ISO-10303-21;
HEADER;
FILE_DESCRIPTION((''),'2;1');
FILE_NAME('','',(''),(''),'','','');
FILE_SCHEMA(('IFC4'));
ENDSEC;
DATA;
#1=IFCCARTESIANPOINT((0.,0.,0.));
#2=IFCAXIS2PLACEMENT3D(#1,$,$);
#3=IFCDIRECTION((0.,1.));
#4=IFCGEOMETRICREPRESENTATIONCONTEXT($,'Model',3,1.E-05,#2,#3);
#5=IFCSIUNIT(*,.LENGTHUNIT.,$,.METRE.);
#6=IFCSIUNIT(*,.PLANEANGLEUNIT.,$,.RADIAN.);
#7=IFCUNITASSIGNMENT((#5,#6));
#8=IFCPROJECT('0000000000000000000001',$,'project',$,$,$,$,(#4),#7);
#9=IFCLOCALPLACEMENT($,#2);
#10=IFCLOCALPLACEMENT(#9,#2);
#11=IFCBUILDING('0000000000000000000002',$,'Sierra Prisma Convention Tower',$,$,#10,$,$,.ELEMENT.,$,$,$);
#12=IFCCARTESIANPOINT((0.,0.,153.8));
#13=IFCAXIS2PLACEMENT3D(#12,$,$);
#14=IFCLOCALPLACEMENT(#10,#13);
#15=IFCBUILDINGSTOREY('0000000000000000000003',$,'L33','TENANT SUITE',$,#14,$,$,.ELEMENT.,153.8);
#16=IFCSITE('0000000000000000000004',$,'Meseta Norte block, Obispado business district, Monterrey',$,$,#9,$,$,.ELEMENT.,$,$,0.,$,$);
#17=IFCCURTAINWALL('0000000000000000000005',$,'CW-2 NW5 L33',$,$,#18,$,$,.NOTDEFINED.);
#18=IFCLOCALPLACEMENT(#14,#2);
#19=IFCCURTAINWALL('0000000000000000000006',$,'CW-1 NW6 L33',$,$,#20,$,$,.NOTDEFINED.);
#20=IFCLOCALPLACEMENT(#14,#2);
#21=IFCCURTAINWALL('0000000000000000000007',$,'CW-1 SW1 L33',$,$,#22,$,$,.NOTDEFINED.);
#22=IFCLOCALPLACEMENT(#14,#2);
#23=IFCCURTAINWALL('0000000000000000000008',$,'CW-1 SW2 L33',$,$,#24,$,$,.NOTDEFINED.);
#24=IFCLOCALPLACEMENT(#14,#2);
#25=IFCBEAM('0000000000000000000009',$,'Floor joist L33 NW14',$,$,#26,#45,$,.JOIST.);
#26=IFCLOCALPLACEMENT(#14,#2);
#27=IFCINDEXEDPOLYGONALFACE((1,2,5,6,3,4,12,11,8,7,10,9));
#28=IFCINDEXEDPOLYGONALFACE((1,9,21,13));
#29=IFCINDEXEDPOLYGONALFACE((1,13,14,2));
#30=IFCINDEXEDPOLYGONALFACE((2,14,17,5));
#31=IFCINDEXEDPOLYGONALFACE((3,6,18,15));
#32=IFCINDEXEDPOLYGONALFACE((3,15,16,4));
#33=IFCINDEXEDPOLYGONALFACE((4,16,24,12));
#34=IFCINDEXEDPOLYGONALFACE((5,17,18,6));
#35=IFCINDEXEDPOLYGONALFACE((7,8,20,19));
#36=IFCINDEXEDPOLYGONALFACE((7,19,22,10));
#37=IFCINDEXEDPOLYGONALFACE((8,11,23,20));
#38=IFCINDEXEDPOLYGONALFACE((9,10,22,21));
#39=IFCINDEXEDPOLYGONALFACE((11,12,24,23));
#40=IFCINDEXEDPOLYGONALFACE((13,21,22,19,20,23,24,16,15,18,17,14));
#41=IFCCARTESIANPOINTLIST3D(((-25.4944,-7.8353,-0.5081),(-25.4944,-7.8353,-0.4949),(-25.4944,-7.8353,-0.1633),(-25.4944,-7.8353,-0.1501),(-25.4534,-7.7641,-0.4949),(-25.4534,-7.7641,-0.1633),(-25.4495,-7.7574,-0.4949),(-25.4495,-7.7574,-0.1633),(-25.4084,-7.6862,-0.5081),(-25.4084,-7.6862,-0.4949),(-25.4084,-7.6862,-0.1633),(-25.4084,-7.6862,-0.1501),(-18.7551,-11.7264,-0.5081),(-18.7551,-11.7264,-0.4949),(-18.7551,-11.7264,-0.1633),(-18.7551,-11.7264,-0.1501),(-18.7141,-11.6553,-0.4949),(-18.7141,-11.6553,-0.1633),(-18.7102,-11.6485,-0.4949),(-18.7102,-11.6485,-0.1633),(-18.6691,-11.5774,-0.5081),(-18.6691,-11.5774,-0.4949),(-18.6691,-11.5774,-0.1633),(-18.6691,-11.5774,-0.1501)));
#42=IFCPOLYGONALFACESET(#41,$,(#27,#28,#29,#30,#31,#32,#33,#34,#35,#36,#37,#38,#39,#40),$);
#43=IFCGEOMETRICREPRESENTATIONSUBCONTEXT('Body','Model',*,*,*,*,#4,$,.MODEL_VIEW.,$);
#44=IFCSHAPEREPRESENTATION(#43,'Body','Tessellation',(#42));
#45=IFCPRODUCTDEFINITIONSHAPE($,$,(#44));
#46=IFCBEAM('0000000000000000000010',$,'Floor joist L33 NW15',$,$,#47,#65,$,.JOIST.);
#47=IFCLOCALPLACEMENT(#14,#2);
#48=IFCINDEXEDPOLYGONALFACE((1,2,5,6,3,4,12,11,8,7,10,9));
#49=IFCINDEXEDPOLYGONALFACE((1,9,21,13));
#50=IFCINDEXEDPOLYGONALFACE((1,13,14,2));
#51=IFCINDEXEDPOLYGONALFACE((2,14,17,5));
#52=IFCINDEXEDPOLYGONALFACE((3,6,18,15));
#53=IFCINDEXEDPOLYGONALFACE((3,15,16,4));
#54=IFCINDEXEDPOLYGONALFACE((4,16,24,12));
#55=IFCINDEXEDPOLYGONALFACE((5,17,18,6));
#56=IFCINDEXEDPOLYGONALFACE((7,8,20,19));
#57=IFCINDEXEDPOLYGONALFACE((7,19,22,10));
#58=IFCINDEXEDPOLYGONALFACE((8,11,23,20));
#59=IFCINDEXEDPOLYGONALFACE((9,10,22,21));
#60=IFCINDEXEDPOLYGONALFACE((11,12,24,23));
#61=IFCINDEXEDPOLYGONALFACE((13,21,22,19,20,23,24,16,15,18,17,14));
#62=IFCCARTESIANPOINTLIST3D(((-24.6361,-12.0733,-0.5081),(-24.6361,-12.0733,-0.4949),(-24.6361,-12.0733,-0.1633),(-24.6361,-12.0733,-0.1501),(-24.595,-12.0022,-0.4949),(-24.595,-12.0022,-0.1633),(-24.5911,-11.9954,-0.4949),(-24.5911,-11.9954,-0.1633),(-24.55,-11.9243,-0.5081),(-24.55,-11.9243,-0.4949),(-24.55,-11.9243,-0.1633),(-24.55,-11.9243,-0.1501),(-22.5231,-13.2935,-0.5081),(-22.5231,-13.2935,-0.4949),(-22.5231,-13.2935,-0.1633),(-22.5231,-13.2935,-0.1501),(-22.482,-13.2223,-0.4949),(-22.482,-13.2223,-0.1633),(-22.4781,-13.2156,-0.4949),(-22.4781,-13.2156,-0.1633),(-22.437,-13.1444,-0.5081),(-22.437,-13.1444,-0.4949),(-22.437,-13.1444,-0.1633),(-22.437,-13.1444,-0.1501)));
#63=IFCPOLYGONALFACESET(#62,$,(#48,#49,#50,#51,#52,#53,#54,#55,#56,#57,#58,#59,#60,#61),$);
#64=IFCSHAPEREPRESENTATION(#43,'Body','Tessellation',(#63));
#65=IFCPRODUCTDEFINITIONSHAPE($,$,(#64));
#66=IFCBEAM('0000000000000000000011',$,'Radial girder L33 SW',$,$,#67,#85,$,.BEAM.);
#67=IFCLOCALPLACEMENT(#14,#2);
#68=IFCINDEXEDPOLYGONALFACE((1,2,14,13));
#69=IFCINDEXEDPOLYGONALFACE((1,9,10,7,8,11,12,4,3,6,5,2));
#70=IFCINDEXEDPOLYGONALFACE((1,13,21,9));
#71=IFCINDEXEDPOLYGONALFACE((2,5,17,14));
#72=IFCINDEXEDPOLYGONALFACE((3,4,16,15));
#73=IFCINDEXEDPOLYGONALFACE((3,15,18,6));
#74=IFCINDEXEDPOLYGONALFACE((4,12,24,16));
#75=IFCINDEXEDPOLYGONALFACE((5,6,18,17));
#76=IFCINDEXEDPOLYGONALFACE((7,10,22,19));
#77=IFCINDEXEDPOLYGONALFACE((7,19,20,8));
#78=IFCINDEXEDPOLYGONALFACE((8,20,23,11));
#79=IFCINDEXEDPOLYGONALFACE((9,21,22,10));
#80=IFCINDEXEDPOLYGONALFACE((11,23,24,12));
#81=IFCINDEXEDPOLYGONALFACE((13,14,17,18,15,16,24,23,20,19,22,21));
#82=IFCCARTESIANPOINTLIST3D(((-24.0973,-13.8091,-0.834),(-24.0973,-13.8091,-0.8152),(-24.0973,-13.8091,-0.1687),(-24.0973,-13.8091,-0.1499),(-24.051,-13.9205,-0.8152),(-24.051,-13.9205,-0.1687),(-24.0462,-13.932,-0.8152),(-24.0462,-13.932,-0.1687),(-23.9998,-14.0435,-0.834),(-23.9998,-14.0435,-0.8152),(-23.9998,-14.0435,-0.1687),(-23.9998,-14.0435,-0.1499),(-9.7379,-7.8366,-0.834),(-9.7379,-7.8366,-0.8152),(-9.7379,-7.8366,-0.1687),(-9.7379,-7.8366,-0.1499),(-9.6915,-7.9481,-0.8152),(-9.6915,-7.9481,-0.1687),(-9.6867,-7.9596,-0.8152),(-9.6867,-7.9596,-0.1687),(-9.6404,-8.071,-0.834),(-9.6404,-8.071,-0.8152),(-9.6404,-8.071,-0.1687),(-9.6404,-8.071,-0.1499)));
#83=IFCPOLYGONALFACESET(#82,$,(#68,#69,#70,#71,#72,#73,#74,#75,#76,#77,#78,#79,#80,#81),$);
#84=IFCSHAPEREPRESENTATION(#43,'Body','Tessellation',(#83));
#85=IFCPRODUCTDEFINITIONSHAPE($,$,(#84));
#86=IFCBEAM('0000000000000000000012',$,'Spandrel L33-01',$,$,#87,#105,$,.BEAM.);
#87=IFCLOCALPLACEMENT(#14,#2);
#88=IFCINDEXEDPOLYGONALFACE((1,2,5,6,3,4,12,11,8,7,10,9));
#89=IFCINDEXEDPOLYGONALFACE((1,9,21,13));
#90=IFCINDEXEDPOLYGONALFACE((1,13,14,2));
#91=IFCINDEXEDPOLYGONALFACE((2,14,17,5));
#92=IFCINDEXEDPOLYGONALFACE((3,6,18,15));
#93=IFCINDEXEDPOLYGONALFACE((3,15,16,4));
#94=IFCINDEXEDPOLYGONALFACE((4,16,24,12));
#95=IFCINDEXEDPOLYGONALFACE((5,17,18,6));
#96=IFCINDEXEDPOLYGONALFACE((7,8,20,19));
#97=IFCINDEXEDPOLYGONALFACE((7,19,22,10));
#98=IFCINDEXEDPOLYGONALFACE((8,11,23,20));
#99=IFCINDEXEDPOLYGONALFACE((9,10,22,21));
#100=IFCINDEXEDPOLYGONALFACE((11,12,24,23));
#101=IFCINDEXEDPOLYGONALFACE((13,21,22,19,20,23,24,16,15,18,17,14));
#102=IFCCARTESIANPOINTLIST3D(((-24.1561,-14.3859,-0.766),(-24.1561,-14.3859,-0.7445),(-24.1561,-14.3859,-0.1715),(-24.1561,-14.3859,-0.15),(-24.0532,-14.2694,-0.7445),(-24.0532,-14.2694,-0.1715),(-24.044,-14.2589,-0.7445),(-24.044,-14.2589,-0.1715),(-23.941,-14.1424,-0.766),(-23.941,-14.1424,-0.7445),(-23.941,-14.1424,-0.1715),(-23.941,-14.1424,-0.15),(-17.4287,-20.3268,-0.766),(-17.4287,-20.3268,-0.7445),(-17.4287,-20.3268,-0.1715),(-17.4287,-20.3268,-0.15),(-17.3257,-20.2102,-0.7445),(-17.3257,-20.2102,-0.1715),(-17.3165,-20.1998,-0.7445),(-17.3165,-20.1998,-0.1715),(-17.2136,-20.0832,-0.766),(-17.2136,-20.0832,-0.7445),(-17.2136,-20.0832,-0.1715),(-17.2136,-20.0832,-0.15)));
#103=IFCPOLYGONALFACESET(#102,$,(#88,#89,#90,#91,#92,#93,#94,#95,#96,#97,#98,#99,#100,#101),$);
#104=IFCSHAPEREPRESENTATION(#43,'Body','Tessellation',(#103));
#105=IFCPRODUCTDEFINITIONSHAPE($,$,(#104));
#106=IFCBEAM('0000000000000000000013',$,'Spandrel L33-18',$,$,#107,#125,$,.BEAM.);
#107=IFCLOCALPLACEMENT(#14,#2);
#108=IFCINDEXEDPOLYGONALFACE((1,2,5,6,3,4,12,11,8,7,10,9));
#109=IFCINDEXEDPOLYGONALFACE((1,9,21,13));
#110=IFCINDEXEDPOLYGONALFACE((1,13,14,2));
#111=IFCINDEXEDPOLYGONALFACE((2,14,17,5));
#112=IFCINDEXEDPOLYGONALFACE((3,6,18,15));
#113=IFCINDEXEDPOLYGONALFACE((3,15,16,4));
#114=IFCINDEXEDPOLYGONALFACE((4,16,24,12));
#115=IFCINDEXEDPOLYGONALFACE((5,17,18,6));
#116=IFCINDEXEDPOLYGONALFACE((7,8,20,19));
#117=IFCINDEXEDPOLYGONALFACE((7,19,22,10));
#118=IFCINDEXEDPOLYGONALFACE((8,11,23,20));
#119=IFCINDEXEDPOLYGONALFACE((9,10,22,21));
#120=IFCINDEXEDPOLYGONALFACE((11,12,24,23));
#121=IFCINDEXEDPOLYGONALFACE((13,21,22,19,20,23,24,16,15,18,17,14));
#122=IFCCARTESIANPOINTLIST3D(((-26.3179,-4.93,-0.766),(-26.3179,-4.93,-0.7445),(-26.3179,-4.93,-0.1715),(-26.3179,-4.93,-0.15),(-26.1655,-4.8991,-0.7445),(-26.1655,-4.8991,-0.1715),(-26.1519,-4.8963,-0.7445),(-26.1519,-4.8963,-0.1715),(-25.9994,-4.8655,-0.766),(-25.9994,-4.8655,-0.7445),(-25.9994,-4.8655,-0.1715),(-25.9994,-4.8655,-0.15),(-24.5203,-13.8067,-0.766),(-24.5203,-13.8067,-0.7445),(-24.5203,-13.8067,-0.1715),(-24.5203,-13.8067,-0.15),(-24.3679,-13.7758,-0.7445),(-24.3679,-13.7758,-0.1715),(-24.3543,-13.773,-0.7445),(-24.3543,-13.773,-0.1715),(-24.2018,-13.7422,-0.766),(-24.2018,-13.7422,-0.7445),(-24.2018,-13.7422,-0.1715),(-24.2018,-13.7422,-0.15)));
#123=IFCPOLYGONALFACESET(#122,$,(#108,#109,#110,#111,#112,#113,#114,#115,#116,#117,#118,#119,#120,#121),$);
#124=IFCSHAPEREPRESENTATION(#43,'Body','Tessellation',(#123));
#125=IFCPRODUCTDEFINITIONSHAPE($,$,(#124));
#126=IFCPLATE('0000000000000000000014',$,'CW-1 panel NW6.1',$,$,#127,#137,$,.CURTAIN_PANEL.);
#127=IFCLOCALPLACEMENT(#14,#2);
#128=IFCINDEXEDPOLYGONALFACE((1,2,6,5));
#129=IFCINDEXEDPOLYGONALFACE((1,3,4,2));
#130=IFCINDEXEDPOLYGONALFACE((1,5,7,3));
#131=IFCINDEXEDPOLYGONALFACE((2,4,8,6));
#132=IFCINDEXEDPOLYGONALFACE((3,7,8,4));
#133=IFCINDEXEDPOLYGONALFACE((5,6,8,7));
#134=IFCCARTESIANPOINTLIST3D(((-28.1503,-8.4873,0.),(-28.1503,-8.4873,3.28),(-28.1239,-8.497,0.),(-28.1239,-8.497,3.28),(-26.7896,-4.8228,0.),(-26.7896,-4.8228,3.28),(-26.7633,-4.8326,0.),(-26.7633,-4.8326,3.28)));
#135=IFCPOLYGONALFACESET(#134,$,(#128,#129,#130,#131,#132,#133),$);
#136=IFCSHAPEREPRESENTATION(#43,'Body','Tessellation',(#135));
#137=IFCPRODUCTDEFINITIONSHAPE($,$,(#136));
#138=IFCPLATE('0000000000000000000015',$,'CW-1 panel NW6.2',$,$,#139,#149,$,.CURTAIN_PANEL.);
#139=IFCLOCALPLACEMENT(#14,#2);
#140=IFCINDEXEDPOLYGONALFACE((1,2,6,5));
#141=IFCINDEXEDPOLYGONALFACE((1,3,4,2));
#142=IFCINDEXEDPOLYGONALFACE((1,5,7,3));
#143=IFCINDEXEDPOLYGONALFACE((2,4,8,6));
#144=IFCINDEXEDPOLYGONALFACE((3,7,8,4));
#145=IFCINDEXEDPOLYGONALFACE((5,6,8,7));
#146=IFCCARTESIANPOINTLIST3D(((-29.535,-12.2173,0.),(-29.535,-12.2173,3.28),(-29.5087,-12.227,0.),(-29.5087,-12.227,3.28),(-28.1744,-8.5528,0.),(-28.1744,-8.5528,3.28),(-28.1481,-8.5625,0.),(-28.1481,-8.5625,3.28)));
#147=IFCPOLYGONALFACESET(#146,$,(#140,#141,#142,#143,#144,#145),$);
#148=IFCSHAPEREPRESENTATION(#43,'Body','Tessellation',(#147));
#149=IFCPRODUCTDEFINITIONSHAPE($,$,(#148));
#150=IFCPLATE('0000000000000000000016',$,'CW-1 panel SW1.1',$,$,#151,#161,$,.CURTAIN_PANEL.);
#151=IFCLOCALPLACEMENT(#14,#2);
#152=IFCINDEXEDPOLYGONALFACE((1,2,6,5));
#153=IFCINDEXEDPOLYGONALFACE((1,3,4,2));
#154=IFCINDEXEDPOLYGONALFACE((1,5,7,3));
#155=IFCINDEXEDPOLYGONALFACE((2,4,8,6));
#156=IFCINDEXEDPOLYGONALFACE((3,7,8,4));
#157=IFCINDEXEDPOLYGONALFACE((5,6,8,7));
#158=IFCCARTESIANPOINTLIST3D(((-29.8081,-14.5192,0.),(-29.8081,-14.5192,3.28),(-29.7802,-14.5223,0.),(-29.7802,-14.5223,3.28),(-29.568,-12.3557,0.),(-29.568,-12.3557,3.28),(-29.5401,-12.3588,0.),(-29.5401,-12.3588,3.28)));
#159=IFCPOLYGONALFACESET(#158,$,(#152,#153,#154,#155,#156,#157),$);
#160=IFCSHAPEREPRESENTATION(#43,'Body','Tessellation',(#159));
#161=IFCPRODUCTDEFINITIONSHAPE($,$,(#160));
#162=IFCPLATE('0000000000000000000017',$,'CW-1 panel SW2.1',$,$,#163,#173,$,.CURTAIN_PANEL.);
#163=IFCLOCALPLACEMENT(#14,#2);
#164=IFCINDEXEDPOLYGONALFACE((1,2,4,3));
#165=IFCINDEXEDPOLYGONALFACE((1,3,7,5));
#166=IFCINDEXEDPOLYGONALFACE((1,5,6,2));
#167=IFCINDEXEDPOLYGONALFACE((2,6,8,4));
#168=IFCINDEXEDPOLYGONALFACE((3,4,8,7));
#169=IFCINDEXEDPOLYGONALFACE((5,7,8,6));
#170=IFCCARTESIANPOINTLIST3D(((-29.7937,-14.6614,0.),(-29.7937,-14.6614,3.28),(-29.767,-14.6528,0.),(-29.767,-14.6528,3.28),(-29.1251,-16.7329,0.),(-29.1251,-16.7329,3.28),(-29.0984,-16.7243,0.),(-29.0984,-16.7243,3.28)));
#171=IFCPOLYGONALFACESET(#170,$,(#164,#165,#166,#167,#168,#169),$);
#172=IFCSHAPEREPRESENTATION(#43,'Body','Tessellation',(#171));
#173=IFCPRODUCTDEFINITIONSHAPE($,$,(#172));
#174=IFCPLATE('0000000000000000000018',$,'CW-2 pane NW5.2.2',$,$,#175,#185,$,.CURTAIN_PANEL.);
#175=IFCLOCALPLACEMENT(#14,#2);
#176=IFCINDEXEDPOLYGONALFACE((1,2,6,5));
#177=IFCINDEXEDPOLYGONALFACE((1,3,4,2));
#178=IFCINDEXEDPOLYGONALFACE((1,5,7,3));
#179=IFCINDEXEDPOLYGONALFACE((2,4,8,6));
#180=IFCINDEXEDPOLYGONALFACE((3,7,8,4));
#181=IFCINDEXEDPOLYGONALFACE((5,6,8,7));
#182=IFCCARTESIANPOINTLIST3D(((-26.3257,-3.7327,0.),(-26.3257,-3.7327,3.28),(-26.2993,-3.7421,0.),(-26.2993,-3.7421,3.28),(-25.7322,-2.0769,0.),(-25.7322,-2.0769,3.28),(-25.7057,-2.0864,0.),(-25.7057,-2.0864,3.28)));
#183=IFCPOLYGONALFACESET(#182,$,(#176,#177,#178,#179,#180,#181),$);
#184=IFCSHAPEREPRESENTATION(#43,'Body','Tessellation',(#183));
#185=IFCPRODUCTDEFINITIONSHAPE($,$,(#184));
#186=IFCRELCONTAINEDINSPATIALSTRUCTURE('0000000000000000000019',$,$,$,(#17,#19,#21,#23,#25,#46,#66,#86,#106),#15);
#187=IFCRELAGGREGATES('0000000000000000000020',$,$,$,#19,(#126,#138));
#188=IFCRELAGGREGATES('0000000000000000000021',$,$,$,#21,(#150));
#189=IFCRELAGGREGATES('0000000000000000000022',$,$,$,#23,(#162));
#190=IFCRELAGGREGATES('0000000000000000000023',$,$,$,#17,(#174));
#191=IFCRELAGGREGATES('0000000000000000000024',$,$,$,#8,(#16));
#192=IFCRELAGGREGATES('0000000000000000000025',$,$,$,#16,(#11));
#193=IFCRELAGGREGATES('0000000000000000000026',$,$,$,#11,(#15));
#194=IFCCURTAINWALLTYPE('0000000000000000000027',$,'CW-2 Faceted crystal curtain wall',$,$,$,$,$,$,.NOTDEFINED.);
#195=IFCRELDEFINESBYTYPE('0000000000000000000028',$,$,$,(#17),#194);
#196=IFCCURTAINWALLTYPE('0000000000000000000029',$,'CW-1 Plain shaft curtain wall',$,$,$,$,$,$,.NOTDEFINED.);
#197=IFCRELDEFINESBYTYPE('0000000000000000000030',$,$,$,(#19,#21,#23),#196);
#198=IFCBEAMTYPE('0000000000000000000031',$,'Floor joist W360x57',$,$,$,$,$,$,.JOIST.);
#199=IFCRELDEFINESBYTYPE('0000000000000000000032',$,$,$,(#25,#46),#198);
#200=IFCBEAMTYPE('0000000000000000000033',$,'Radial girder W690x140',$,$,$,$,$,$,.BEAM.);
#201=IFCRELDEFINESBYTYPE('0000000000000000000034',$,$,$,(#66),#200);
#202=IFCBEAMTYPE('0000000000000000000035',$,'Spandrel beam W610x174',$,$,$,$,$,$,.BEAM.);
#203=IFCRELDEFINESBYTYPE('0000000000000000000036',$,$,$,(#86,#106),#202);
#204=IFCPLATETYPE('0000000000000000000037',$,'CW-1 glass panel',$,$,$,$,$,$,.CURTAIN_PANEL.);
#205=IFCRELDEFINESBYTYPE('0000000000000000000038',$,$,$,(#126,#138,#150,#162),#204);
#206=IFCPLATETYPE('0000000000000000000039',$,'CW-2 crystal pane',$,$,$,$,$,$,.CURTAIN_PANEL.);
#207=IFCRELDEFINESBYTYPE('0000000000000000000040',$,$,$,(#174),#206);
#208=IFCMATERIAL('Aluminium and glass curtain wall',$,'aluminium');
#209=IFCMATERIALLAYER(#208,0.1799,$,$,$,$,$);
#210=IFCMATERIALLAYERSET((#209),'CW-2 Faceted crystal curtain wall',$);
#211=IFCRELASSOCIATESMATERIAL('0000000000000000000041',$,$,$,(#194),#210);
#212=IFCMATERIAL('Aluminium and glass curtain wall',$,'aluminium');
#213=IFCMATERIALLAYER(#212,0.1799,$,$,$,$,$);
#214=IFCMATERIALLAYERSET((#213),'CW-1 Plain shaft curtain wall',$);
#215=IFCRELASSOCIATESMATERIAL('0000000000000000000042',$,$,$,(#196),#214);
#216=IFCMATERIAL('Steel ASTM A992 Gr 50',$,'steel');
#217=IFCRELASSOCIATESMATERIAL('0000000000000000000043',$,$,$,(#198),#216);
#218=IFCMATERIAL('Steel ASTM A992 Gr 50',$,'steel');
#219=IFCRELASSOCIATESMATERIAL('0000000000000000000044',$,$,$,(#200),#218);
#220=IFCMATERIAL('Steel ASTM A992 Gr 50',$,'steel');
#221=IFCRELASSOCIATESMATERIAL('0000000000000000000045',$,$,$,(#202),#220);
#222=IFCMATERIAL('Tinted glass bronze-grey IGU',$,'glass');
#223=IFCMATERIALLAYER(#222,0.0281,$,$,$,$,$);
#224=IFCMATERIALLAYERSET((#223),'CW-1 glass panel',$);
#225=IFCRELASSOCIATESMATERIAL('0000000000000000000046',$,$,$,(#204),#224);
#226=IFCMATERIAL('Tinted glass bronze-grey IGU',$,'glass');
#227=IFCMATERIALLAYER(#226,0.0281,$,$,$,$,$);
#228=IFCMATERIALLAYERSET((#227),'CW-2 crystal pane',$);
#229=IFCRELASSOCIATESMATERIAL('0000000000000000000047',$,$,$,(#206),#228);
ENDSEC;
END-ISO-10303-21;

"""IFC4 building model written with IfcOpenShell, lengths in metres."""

from ifc_helpers import new_model, si_unit, direction, frame, origin, origin_2d, place, context, subcontext, project, spatial, polyline, rectangle, i_section, outline, extrude, material, layer, layer_set, material_profile, profile_set, type_object, element, aggregate, save


model = new_model("IFC4")

# Units and contexts
model_context = context("Model", 3, precision=1e-05, world=origin(), true_north=direction((0.0, 1.0)))
body_context = subcontext(model_context, "Body", "Model", "MODEL_VIEW")
ifc_project = project(units=[si_unit("LENGTHUNIT", "METRE"), si_unit("PLANEANGLEUNIT", "RADIAN")], contexts=[model_context])

# Site, building, storey
site_placement = place(None, origin())
site = spatial("IfcSite", under=ifc_project, at=site_placement, Name="Meseta Norte block, Obispado business district, Monterrey", CompositionType="ELEMENT", RefElevation=0.0)
building_placement = place(site_placement, origin())
building = spatial("IfcBuilding", under=site, at=building_placement, Name="Sierra Prisma Convention Tower", CompositionType="ELEMENT")
storey_placement = place(building_placement, frame((0.0, 0.0, 153.8)))
storey = spatial("IfcBuildingStorey", under=building, at=storey_placement, Name="L33", Description="TENANT SUITE", CompositionType="ELEMENT", Elevation=153.8)

# Curtain walls
ifc_material_1 = material(Name="Aluminium and glass curtain wall", Category="aluminium")
ifc_layer_1 = layer(ifc_material_1, 0.1799)
ifc_layer_set_1 = layer_set([ifc_layer_1], Name="CW-2 Faceted crystal curtain wall")
curtain_wall_type_1 = type_object("IfcCurtainWallType", Name="CW-2 Faceted crystal curtain wall", PredefinedType="NOTDEFINED", material=ifc_layer_set_1)
curtain_wall_1_placement = place(storey_placement, origin())
curtain_wall_1 = element("IfcCurtainWall", 1, at=curtain_wall_1_placement, inside=storey, type_object=curtain_wall_type_1, Name="CW-2 NW5 L33", PredefinedType="NOTDEFINED")
ifc_material_2 = material(Name="Aluminium and glass curtain wall", Category="aluminium")
ifc_layer_2 = layer(ifc_material_2, 0.1799)
ifc_layer_set_2 = layer_set([ifc_layer_2], Name="CW-1 Plain shaft curtain wall")
curtain_wall_type_2 = type_object("IfcCurtainWallType", Name="CW-1 Plain shaft curtain wall", PredefinedType="NOTDEFINED", material=ifc_layer_set_2)
curtain_wall_2_placement = place(storey_placement, origin())
curtain_wall_2 = element("IfcCurtainWall", 2, at=curtain_wall_2_placement, inside=storey, type_object=curtain_wall_type_2, Name="CW-1 NW6 L33", PredefinedType="NOTDEFINED")
curtain_wall_3_placement = place(storey_placement, origin())
curtain_wall_3 = element("IfcCurtainWall", 3, at=curtain_wall_3_placement, inside=storey, type_object=curtain_wall_type_2, Name="CW-1 SW1 L33", PredefinedType="NOTDEFINED")
curtain_wall_4_placement = place(storey_placement, origin())
curtain_wall_4 = element("IfcCurtainWall", 4, at=curtain_wall_4_placement, inside=storey, type_object=curtain_wall_type_2, Name="CW-1 SW2 L33", PredefinedType="NOTDEFINED")

# Beams
ifc_material_3 = material(Name="Steel ASTM A992 Gr 50", Category="steel")
ifc_material_profile_1 = material_profile(ifc_material_3, i_section(OverallWidth=0.1721, OverallDepth=0.3579, WebThickness=0.0078, FlangeThickness=0.0132, at=origin_2d()), Name="W360x57")
ifc_profile_set_1 = profile_set([ifc_material_profile_1], Name="Steel ASTM A992 Gr 50")
beam_type_1 = type_object("IfcBeamType", Name="Floor joist W360x57", PredefinedType="JOIST", material=ifc_profile_set_1)
beam_1_placement = place(storey_placement, frame((-25.4514, -7.7607, -0.3291), z_axis=(0.866014, -0.500019, 0.0), x_axis=(0.500019, 0.866014, 0.0)))
element("IfcBeam", 5, at=beam_1_placement, inside=storey, type_object=beam_type_1, Name="Floor joist L33 NW14", PredefinedType="JOIST", context=body_context, shape_type="SweptSolid", body=[
    extrude(i_section(OverallWidth=0.1721, OverallDepth=0.3579, WebThickness=0.0078, FlangeThickness=0.0132, at=origin_2d()), origin(), (0.0, 0.0, 1.0), 7.782),
])
beam_2_placement = place(storey_placement, frame((-24.593, -11.9988, -0.3291), z_axis=(0.865981, -0.500078, 0.0), x_axis=(0.500078, 0.865981, 0.0)))
element("IfcBeam", 6, at=beam_2_placement, inside=storey, type_object=beam_type_1, Name="Floor joist L33 NW15", PredefinedType="JOIST", context=body_context, shape_type="SweptSolid", body=[
    extrude(i_section(OverallWidth=0.1721, OverallDepth=0.3579, WebThickness=0.0078, FlangeThickness=0.0132, at=origin_2d()), origin(), (0.0, 0.0, 1.0), 2.4399),
])
ifc_material_4 = material(Name="Steel ASTM A992 Gr 50", Category="steel")
ifc_material_profile_2 = material_profile(ifc_material_4, i_section(OverallWidth=0.2539, OverallDepth=0.6841, WebThickness=0.0125, FlangeThickness=0.0188, at=origin_2d()), Name="W690x140")
ifc_profile_set_2 = profile_set([ifc_material_profile_2], Name="Steel ASTM A992 Gr 50")
beam_type_2 = type_object("IfcBeamType", Name="Radial girder W690x140", PredefinedType="BEAM", material=ifc_profile_set_2)
beam_3_placement = place(storey_placement, frame((-24.0486, -13.9263, -0.4919), z_axis=(0.92332, 0.384031, 0.0), x_axis=(-0.384031, 0.92332, 0.0)))
element("IfcBeam", 7, at=beam_3_placement, inside=storey, type_object=beam_type_2, Name="Radial girder L33 SW", PredefinedType="BEAM", context=body_context, shape_type="SweptSolid", body=[
    extrude(i_section(OverallWidth=0.2539, OverallDepth=0.6841, WebThickness=0.0125, FlangeThickness=0.0188, at=origin_2d()), origin(), (0.0, 0.0, 1.0), 15.552),
])
ifc_material_5 = material(Name="Steel ASTM A992 Gr 50", Category="steel")
ifc_material_profile_3 = material_profile(ifc_material_5, i_section(OverallWidth=0.325, OverallDepth=0.616, WebThickness=0.0139, FlangeThickness=0.0215, at=origin_2d()), Name="W610x174")
ifc_profile_set_3 = profile_set([ifc_material_profile_3], Name="Steel ASTM A992 Gr 50")
beam_type_3 = type_object("IfcBeamType", Name="Spandrel beam W610x174", PredefinedType="BEAM", material=ifc_profile_set_3)
beam_4_placement = place(storey_placement, frame((-24.0486, -14.2642, -0.458), z_axis=(0.749569, -0.661926, 0.0), x_axis=(0.661926, 0.749569, 0.0)))
element("IfcBeam", 8, at=beam_4_placement, inside=storey, type_object=beam_type_3, Name="Spandrel L33-01", PredefinedType="BEAM", context=body_context, shape_type="SweptSolid", body=[
    extrude(i_section(OverallWidth=0.325, OverallDepth=0.616, WebThickness=0.0139, FlangeThickness=0.0215, at=origin_2d()), origin(), (0.0, 0.0, 1.0), 8.9751),
])
beam_5_placement = place(storey_placement, frame((-26.1587, -4.8977, -0.458), z_axis=(0.198479, -0.980105, 0.0), x_axis=(0.980105, 0.198479, 0.0)))
element("IfcBeam", 9, at=beam_5_placement, inside=storey, type_object=beam_type_3, Name="Spandrel L33-18", PredefinedType="BEAM", context=body_context, shape_type="SweptSolid", body=[
    extrude(i_section(OverallWidth=0.325, OverallDepth=0.616, WebThickness=0.0139, FlangeThickness=0.0215, at=origin_2d()), origin(), (0.0, 0.0, 1.0), 9.0569),
])

# Plates
ifc_material_6 = material(Name="Tinted glass bronze-grey IGU", Category="glass")
ifc_layer_3 = layer(ifc_material_6, 0.0281)
ifc_layer_set_3 = layer_set([ifc_layer_3], Name="CW-1 glass panel")
plate_type_1 = type_object("IfcPlateType", Name="CW-1 glass panel", PredefinedType="CURTAIN_PANEL", material=ifc_layer_set_3)
plate_1_placement = place(storey_placement, frame((-27.4568, -6.6599, 0.0), z_axis=(0.0, 0.0, 1.0), x_axis=(-0.348078, -0.937466, 0.0)))
plate_1 = element("IfcPlate", 10, at=plate_1_placement, type_object=plate_type_1, Name="CW-1 panel NW6.1", PredefinedType="CURTAIN_PANEL", context=body_context, shape_type="SweptSolid", body=[
    extrude(rectangle(XDim=3.9089, YDim=0.0281, at=origin_2d()), origin(), (0.0, 0.0, 1.0), 3.28),
])
plate_2_placement = place(storey_placement, frame((-28.8416, -10.3899, 0.0), z_axis=(0.0, 0.0, 1.0), x_axis=(-0.348078, -0.937466, 0.0)))
plate_2 = element("IfcPlate", 11, at=plate_2_placement, type_object=plate_type_1, Name="CW-1 panel NW6.2", PredefinedType="CURTAIN_PANEL", context=body_context, shape_type="SweptSolid", body=[
    extrude(rectangle(XDim=3.9089, YDim=0.0281, at=origin_2d()), origin(), (0.0, 0.0, 1.0), 3.28),
])
aggregate(curtain_wall_2, [plate_1, plate_2])
plate_3_placement = place(storey_placement, frame((-29.6741, -13.439, 0.0), z_axis=(0.0, 0.0, 1.0), x_axis=(-0.110304, -0.993898, 0.0)))
plate_3 = element("IfcPlate", 12, at=plate_3_placement, type_object=plate_type_1, Name="CW-1 panel SW1.1", PredefinedType="CURTAIN_PANEL", context=body_context, shape_type="SweptSolid", body=[
    extrude(rectangle(XDim=2.1768, YDim=0.0281, at=origin_2d()), origin(), (0.0, 0.0, 1.0), 3.28),
])
aggregate(curtain_wall_3, [plate_3])
plate_4_placement = place(storey_placement, frame((-29.446, -15.6929, 0.0), z_axis=(0.0, 0.0, 1.0), x_axis=(0.307175, -0.951653, 0.0)))
plate_4 = element("IfcPlate", 13, at=plate_4_placement, type_object=plate_type_1, Name="CW-1 panel SW2.1", PredefinedType="CURTAIN_PANEL", context=body_context, shape_type="SweptSolid", body=[
    extrude(rectangle(XDim=2.1768, YDim=0.0281, at=origin_2d()), origin(), (0.0, 0.0, 1.0), 3.28),
])
aggregate(curtain_wall_4, [plate_4])
ifc_material_7 = material(Name="Tinted glass bronze-grey IGU", Category="glass")
ifc_layer_4 = layer(ifc_material_7, 0.0281)
ifc_layer_set_4 = layer_set([ifc_layer_4], Name="CW-2 crystal pane")
plate_type_2 = type_object("IfcPlateType", Name="CW-2 crystal pane", PredefinedType="CURTAIN_PANEL", material=ifc_layer_set_4)
plate_5_placement = place(storey_placement, frame((-26.3257, -3.7327, 0.0), z_axis=(-0.941352, 0.337426, 0.0), x_axis=(0.337426, 0.941352, 0.0)))
plate_5 = element("IfcPlate", 14, at=plate_5_placement, type_object=plate_type_2, Name="CW-2 pane NW5.2.2", PredefinedType="CURTAIN_PANEL", context=body_context, shape_type="SweptSolid", body=[
    extrude(outline(polyline([(0.0, 0.0), (1.7589, 0.0), (1.7589, -3.28), (0.0, -3.28), (0.0, 0.0)])), origin(), (0.0, 0.0, -1.0), 0.0281),
])
aggregate(curtain_wall_1, [plate_5])

save(model, "model.ifc")
